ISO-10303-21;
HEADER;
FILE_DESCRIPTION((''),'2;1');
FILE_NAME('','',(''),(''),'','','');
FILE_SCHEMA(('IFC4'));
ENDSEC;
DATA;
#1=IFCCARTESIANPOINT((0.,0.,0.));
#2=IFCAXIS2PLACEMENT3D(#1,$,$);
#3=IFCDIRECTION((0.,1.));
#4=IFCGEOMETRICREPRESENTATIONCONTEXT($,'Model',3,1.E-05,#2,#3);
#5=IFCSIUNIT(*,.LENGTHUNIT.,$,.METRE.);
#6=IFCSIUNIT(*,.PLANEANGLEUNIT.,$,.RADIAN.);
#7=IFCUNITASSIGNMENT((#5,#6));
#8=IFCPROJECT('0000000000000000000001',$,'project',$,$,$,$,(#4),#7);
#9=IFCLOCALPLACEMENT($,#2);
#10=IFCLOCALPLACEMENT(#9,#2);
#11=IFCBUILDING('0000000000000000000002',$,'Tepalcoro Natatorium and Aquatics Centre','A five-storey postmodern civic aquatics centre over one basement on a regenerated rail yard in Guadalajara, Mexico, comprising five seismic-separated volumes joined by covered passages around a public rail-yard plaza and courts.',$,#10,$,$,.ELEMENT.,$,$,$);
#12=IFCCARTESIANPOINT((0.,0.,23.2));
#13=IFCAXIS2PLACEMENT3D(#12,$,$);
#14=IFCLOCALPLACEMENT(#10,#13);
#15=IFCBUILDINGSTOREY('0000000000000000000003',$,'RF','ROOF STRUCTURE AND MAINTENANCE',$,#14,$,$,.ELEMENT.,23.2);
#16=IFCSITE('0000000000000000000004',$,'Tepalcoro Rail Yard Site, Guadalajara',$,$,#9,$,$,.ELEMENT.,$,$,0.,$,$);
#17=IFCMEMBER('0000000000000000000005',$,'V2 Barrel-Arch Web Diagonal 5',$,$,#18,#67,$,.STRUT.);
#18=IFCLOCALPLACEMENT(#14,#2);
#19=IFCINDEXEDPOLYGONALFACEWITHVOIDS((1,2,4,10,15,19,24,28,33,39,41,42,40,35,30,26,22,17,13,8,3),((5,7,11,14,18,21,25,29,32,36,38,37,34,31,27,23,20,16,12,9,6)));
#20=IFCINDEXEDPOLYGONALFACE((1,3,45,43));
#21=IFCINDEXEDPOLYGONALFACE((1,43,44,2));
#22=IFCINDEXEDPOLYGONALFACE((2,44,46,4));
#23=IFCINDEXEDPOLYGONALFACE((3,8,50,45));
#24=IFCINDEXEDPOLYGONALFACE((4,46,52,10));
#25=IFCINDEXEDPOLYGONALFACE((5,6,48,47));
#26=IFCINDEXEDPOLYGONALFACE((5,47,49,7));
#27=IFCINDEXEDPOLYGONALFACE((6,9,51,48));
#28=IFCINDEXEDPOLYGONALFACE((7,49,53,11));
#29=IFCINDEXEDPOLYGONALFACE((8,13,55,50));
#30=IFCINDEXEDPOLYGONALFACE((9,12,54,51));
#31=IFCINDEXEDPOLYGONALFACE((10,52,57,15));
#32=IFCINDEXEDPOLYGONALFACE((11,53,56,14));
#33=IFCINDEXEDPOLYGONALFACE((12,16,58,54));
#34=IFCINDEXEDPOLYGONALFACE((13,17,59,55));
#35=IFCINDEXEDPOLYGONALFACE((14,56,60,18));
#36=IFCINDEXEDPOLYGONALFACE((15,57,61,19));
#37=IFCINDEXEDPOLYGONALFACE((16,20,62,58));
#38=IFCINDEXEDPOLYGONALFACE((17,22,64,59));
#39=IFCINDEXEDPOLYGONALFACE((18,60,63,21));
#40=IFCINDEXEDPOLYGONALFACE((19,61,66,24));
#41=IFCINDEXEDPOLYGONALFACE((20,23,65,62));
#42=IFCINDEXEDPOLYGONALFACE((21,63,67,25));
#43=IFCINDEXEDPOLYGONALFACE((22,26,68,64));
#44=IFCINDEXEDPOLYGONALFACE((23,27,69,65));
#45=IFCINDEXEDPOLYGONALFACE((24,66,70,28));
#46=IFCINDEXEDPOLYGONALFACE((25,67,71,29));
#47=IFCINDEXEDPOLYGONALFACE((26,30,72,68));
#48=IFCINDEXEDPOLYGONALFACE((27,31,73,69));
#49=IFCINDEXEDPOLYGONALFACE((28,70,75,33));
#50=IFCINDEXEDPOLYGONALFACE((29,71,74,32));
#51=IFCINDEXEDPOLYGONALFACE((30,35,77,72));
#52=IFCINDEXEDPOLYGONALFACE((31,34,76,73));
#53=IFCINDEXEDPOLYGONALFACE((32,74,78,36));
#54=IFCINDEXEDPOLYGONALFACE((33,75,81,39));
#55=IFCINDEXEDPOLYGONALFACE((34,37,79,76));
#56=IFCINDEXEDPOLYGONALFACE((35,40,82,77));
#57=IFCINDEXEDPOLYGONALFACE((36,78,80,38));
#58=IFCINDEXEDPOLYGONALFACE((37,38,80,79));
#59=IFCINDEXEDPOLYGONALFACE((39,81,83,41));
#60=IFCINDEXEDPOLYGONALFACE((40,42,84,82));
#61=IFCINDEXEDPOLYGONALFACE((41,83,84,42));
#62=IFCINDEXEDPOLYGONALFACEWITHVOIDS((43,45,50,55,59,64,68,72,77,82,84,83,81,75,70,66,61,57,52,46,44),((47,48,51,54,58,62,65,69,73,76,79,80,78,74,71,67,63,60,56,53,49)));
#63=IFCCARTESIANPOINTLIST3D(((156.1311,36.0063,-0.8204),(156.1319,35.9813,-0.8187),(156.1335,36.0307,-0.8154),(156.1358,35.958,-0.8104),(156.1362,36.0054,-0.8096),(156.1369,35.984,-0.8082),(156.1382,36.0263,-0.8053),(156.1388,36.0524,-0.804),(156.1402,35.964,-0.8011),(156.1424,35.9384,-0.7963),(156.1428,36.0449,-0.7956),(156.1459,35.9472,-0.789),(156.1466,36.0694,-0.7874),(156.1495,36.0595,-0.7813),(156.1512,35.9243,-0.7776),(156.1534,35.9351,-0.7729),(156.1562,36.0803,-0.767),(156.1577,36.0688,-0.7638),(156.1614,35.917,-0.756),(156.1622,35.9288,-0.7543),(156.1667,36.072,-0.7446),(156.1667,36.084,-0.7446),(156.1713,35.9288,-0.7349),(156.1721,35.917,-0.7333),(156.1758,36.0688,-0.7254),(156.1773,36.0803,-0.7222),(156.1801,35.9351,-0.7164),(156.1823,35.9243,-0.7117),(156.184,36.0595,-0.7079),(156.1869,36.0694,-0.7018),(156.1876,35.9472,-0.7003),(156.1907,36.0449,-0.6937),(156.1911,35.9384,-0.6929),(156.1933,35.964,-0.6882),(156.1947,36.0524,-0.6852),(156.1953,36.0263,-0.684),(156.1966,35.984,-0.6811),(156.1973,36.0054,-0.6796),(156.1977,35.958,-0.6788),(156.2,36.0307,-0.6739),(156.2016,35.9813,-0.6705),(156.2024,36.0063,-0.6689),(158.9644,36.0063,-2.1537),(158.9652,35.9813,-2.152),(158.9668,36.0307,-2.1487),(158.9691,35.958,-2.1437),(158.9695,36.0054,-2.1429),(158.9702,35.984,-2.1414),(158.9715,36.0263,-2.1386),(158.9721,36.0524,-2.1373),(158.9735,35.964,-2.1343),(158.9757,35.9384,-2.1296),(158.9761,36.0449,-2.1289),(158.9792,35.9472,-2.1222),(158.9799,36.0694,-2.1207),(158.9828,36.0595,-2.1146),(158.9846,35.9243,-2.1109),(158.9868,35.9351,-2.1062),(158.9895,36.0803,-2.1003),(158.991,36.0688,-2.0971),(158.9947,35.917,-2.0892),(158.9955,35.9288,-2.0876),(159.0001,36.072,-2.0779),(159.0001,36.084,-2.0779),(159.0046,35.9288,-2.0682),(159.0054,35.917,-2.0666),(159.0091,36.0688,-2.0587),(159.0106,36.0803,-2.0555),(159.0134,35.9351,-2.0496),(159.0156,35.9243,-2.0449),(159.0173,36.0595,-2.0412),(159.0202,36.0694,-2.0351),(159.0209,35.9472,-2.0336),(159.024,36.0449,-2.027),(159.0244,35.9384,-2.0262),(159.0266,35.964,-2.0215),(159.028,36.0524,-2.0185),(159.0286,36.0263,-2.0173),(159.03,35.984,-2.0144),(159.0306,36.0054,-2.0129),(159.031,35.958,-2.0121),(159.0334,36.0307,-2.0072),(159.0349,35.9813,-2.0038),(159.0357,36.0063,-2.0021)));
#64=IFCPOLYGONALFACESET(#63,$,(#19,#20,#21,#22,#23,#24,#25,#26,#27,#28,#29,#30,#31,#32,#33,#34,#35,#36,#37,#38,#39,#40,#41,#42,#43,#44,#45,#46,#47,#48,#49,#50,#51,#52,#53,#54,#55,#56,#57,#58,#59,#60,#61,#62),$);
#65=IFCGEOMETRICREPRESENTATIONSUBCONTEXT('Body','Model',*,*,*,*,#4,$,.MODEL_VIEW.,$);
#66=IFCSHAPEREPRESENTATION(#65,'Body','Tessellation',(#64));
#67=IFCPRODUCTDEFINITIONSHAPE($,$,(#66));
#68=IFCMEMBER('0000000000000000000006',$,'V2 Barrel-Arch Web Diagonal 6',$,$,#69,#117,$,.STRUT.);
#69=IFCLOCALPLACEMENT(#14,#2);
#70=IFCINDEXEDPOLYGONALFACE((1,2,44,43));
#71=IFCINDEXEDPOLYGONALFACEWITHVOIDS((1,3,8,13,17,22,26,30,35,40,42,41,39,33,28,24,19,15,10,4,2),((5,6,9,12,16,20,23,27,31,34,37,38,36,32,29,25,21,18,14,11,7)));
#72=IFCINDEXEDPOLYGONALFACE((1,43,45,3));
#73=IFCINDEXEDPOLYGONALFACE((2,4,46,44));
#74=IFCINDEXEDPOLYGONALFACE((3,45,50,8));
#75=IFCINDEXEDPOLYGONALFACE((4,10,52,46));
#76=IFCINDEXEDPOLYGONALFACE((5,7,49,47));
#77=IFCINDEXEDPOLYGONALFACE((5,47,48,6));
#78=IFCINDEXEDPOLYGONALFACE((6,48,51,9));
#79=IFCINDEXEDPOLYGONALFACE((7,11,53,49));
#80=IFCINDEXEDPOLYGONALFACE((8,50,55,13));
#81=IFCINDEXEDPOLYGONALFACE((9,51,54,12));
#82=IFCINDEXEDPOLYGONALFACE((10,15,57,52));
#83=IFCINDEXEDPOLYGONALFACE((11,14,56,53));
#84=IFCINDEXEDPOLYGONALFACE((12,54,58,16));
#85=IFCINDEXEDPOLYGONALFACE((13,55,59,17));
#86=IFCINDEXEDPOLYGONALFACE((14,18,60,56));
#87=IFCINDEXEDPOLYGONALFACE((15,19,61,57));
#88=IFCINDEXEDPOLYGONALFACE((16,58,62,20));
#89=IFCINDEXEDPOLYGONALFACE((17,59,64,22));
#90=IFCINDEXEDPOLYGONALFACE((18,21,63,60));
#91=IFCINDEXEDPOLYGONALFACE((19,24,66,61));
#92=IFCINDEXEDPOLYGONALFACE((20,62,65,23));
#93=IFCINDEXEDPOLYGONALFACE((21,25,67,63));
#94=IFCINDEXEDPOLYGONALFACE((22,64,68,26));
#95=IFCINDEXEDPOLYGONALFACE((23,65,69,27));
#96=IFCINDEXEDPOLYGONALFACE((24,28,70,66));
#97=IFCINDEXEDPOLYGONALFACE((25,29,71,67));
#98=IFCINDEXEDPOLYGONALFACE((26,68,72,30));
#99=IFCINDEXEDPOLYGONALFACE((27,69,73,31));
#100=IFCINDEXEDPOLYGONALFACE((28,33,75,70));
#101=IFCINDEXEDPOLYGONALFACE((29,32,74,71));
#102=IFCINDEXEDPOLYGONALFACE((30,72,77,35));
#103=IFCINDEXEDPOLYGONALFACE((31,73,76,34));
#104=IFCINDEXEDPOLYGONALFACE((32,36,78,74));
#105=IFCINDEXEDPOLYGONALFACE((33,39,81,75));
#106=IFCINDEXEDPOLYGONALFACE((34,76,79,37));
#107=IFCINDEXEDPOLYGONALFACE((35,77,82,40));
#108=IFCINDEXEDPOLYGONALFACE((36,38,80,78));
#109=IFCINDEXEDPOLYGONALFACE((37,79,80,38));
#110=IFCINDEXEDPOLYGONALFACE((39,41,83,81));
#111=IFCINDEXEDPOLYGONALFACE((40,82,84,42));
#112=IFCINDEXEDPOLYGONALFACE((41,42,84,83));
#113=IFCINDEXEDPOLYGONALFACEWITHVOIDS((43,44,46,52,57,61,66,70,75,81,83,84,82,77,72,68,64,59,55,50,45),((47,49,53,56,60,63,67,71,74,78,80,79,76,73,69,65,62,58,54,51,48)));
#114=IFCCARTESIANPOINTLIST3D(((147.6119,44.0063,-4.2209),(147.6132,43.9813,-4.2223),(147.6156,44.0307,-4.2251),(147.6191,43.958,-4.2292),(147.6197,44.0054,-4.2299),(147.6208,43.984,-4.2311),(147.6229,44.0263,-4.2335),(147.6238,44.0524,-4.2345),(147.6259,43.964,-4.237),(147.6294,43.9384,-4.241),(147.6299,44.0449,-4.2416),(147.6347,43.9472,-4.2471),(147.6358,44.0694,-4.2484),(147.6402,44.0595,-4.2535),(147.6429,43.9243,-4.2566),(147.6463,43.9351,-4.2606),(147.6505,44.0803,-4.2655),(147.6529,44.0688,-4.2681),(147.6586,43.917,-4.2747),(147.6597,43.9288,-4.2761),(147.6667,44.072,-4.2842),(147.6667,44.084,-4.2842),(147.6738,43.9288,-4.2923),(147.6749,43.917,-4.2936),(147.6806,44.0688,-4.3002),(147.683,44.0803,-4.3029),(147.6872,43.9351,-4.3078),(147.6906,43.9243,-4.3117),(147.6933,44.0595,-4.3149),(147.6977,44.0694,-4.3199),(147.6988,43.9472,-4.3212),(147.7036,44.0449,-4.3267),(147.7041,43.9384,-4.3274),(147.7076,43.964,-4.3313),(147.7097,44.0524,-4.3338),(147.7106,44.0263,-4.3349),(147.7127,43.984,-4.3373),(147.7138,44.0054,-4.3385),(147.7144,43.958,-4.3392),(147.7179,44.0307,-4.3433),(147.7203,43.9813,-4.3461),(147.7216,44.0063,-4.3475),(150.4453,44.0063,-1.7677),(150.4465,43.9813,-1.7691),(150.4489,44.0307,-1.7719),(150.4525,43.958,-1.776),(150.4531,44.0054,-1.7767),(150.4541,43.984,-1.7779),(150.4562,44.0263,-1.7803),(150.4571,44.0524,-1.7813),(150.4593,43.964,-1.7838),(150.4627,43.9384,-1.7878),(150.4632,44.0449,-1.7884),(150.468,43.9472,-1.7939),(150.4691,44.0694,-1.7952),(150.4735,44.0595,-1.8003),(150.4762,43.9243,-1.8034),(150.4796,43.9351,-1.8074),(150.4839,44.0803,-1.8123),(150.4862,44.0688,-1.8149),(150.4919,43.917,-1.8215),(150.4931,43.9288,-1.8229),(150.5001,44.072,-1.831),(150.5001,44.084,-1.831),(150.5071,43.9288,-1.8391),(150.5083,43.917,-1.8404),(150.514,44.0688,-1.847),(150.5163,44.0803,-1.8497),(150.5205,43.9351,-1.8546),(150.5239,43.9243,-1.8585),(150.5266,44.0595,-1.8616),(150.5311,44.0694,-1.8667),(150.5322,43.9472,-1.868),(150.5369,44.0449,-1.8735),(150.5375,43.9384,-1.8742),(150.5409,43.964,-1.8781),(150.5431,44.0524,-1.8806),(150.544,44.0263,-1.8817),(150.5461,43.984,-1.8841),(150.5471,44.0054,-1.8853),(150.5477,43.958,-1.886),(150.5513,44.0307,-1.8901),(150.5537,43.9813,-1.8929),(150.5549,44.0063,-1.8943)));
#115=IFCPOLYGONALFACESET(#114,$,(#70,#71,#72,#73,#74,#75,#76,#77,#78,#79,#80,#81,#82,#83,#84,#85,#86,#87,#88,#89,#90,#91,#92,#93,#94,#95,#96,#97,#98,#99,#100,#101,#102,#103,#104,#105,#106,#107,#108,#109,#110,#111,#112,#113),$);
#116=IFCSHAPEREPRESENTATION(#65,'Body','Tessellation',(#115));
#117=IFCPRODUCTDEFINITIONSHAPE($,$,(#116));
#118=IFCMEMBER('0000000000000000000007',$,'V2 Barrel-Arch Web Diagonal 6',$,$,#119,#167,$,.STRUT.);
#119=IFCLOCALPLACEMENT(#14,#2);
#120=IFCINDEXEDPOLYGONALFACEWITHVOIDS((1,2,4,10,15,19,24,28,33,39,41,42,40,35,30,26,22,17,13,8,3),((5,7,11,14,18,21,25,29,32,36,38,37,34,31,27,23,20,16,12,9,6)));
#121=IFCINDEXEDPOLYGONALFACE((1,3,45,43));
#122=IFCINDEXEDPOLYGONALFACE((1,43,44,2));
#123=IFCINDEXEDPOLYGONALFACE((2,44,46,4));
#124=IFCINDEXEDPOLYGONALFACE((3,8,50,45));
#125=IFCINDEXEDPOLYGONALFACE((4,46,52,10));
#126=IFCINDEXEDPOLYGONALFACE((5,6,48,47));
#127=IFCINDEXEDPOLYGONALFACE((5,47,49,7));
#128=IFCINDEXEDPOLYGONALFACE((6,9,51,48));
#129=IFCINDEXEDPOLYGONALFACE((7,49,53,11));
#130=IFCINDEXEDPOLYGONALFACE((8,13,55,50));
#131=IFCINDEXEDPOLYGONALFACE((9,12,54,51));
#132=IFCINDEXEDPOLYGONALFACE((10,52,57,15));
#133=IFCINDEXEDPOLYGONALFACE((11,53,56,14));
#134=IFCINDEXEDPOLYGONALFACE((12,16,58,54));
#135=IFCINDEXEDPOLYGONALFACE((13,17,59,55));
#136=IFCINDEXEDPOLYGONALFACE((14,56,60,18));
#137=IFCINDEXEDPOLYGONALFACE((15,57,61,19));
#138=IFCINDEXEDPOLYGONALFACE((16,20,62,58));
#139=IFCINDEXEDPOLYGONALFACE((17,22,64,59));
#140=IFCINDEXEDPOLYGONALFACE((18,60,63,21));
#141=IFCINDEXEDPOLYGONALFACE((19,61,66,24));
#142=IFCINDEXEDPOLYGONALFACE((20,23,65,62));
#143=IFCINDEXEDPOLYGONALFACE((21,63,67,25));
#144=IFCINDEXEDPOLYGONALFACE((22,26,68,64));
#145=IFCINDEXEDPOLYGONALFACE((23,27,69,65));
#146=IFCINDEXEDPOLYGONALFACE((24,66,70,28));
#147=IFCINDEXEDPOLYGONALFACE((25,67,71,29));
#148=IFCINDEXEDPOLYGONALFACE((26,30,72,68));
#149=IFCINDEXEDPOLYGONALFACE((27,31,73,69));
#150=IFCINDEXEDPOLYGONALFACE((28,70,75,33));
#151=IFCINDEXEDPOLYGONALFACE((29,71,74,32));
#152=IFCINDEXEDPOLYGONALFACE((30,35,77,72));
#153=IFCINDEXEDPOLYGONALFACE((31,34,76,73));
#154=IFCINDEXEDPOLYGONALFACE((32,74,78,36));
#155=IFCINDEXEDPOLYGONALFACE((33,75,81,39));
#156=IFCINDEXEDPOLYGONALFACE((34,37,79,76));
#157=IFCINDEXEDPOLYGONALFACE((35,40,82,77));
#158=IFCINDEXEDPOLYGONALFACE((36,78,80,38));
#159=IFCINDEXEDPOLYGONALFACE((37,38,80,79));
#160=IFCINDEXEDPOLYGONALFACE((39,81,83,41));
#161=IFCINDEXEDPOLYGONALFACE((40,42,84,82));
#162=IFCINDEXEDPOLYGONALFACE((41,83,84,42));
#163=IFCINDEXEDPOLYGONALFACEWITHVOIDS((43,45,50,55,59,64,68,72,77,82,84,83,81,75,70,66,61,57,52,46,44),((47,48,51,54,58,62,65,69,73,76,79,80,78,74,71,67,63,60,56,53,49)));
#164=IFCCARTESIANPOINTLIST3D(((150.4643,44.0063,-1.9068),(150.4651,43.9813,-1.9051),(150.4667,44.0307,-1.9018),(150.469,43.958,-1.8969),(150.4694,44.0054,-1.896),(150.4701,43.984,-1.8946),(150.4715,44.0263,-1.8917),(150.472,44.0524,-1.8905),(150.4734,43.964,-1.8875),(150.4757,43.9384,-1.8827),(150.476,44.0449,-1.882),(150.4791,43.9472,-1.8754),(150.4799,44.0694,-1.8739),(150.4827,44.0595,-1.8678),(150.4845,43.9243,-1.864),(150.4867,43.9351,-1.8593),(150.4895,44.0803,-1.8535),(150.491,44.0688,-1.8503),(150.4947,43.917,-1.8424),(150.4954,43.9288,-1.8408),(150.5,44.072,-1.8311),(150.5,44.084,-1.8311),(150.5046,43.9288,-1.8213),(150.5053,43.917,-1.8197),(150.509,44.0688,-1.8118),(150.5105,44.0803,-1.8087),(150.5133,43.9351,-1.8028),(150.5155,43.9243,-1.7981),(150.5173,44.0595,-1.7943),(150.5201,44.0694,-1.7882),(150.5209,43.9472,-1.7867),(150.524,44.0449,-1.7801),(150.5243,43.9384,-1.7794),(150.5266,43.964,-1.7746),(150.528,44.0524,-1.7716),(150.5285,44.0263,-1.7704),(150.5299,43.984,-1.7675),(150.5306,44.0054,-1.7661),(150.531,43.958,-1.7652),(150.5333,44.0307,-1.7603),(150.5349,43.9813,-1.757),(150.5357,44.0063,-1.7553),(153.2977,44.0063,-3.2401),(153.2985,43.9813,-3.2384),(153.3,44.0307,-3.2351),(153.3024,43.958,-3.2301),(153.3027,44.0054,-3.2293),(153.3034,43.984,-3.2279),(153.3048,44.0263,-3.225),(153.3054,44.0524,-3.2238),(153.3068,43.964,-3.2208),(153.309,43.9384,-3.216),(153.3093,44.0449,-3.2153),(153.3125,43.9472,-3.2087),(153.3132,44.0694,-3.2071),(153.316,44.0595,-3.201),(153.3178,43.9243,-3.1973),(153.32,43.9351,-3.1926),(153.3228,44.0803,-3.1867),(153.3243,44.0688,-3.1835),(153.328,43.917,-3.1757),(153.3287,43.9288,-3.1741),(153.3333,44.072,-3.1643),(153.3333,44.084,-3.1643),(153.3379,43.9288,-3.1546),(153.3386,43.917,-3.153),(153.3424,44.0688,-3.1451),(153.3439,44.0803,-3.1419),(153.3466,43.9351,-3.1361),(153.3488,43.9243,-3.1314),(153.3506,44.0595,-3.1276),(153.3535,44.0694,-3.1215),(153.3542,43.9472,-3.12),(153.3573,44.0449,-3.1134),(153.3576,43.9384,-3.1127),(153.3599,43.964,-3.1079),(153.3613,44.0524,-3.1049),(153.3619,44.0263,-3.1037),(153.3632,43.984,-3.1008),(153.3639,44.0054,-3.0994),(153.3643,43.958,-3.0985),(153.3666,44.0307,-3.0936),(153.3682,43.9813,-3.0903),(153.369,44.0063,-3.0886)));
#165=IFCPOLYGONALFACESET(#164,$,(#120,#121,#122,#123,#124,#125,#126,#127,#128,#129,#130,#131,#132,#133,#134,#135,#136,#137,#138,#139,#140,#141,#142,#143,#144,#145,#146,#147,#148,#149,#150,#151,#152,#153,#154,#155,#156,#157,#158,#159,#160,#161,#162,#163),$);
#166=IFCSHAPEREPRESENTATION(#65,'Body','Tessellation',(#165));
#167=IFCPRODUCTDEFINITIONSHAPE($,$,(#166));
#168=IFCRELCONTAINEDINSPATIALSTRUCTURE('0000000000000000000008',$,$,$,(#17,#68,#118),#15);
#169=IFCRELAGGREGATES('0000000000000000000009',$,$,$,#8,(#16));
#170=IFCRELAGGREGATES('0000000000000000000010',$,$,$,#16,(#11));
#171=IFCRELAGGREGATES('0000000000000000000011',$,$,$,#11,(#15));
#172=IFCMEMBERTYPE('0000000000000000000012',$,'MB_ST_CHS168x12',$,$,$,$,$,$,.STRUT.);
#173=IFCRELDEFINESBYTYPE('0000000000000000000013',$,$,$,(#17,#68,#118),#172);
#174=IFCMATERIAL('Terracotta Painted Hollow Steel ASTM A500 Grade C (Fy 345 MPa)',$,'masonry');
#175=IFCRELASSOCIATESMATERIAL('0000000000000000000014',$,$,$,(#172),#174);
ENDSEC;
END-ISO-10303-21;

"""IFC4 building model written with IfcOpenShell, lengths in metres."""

from ifc_helpers import new_model, si_unit, direction, frame, origin, origin_2d, place, context, subcontext, project, spatial, hollow_circle, extrude, material, material_profile, profile_set, type_object, element, save


model = new_model("IFC4")

# Units and contexts
model_context = context("Model", 3, precision=1e-05, world=origin(), true_north=direction((0.0, 1.0)))
body_context = subcontext(model_context, "Body", "Model", "MODEL_VIEW")
ifc_project = project(units=[si_unit("LENGTHUNIT", "METRE"), si_unit("PLANEANGLEUNIT", "RADIAN")], contexts=[model_context])

# Site, building, storey
site_placement = place(None, origin())
site = spatial("IfcSite", under=ifc_project, at=site_placement, Name="Tepalcoro Rail Yard Site, Guadalajara", CompositionType="ELEMENT", RefElevation=0.0)
building_placement = place(site_placement, origin())
building = spatial("IfcBuilding", under=site, at=building_placement, Name="Tepalcoro Natatorium and Aquatics Centre", Description="A five-storey postmodern civic aquatics centre over one basement on a regenerated rail yard in Guadalajara, Mexico, comprising five seismic-separated volumes joined by covered passages around a public rail-yard plaza and courts.", CompositionType="ELEMENT")
storey_placement = place(building_placement, frame((0.0, 0.0, 23.2)))
storey = spatial("IfcBuildingStorey", under=building, at=storey_placement, Name="RF", Description="ROOF STRUCTURE AND MAINTENANCE", CompositionType="ELEMENT", Elevation=23.2)

# Shared definitions
ifc_material_1 = material(Name="Terracotta Painted Hollow Steel ASTM A500 Grade C (Fy 345 MPa)", Category="masonry")

# Members
ifc_material_profile_1 = material_profile(ifc_material_1, hollow_circle(Radius=0.084, WallThickness=0.012, at=origin_2d()), Name="CHS168X12")
ifc_profile_set_1 = profile_set([ifc_material_profile_1], Name="Terracotta Painted Hollow Steel ASTM A500 Grade C (Fy 345 MPa)")
member_type_1 = type_object("IfcMemberType", Name="MB_ST_CHS168x12", PredefinedType="STRUT", material=ifc_profile_set_1)
member_1_placement = place(storey_placement, frame((156.1667, 36.0, -0.7446), z_axis=(0.904824, 0.0, -0.425786), x_axis=(0.0, 1.0, 0.0)))
element("IfcMember", 1, at=member_1_placement, inside=storey, type_object=member_type_1, Name="V2 Barrel-Arch Web Diagonal 5", PredefinedType="STRUT", context=body_context, shape_type="SweptSolid", body=[
    extrude(hollow_circle(Radius=0.084, WallThickness=0.012, at=origin_2d()), origin(), (0.0, 0.0, 1.0), 3.1313),
])
member_2_placement = place(storey_placement, frame((147.6667, 44.0, -4.2842), z_axis=(0.756001, 0.0, 0.654571), x_axis=(0.0, 1.0, 0.0)))
element("IfcMember", 2, at=member_2_placement, inside=storey, type_object=member_type_1, Name="V2 Barrel-Arch Web Diagonal 6", PredefinedType="STRUT", context=body_context, shape_type="SweptSolid", body=[
    extrude(hollow_circle(Radius=0.084, WallThickness=0.012, at=origin_2d()), origin(), (0.0, 0.0, 1.0), 3.7478),
])
member_3_placement = place(storey_placement, frame((150.5, 44.0, -1.8311), z_axis=(0.904824, 0.0, -0.425786), x_axis=(0.0, 1.0, 0.0)))
element("IfcMember", 3, at=member_3_placement, inside=storey, type_object=member_type_1, Name="V2 Barrel-Arch Web Diagonal 6", PredefinedType="STRUT", context=body_context, shape_type="SweptSolid", body=[
    extrude(hollow_circle(Radius=0.084, WallThickness=0.012, at=origin_2d()), origin(), (0.0, 0.0, 1.0), 3.1313),
])

save(model, "model.ifc")
